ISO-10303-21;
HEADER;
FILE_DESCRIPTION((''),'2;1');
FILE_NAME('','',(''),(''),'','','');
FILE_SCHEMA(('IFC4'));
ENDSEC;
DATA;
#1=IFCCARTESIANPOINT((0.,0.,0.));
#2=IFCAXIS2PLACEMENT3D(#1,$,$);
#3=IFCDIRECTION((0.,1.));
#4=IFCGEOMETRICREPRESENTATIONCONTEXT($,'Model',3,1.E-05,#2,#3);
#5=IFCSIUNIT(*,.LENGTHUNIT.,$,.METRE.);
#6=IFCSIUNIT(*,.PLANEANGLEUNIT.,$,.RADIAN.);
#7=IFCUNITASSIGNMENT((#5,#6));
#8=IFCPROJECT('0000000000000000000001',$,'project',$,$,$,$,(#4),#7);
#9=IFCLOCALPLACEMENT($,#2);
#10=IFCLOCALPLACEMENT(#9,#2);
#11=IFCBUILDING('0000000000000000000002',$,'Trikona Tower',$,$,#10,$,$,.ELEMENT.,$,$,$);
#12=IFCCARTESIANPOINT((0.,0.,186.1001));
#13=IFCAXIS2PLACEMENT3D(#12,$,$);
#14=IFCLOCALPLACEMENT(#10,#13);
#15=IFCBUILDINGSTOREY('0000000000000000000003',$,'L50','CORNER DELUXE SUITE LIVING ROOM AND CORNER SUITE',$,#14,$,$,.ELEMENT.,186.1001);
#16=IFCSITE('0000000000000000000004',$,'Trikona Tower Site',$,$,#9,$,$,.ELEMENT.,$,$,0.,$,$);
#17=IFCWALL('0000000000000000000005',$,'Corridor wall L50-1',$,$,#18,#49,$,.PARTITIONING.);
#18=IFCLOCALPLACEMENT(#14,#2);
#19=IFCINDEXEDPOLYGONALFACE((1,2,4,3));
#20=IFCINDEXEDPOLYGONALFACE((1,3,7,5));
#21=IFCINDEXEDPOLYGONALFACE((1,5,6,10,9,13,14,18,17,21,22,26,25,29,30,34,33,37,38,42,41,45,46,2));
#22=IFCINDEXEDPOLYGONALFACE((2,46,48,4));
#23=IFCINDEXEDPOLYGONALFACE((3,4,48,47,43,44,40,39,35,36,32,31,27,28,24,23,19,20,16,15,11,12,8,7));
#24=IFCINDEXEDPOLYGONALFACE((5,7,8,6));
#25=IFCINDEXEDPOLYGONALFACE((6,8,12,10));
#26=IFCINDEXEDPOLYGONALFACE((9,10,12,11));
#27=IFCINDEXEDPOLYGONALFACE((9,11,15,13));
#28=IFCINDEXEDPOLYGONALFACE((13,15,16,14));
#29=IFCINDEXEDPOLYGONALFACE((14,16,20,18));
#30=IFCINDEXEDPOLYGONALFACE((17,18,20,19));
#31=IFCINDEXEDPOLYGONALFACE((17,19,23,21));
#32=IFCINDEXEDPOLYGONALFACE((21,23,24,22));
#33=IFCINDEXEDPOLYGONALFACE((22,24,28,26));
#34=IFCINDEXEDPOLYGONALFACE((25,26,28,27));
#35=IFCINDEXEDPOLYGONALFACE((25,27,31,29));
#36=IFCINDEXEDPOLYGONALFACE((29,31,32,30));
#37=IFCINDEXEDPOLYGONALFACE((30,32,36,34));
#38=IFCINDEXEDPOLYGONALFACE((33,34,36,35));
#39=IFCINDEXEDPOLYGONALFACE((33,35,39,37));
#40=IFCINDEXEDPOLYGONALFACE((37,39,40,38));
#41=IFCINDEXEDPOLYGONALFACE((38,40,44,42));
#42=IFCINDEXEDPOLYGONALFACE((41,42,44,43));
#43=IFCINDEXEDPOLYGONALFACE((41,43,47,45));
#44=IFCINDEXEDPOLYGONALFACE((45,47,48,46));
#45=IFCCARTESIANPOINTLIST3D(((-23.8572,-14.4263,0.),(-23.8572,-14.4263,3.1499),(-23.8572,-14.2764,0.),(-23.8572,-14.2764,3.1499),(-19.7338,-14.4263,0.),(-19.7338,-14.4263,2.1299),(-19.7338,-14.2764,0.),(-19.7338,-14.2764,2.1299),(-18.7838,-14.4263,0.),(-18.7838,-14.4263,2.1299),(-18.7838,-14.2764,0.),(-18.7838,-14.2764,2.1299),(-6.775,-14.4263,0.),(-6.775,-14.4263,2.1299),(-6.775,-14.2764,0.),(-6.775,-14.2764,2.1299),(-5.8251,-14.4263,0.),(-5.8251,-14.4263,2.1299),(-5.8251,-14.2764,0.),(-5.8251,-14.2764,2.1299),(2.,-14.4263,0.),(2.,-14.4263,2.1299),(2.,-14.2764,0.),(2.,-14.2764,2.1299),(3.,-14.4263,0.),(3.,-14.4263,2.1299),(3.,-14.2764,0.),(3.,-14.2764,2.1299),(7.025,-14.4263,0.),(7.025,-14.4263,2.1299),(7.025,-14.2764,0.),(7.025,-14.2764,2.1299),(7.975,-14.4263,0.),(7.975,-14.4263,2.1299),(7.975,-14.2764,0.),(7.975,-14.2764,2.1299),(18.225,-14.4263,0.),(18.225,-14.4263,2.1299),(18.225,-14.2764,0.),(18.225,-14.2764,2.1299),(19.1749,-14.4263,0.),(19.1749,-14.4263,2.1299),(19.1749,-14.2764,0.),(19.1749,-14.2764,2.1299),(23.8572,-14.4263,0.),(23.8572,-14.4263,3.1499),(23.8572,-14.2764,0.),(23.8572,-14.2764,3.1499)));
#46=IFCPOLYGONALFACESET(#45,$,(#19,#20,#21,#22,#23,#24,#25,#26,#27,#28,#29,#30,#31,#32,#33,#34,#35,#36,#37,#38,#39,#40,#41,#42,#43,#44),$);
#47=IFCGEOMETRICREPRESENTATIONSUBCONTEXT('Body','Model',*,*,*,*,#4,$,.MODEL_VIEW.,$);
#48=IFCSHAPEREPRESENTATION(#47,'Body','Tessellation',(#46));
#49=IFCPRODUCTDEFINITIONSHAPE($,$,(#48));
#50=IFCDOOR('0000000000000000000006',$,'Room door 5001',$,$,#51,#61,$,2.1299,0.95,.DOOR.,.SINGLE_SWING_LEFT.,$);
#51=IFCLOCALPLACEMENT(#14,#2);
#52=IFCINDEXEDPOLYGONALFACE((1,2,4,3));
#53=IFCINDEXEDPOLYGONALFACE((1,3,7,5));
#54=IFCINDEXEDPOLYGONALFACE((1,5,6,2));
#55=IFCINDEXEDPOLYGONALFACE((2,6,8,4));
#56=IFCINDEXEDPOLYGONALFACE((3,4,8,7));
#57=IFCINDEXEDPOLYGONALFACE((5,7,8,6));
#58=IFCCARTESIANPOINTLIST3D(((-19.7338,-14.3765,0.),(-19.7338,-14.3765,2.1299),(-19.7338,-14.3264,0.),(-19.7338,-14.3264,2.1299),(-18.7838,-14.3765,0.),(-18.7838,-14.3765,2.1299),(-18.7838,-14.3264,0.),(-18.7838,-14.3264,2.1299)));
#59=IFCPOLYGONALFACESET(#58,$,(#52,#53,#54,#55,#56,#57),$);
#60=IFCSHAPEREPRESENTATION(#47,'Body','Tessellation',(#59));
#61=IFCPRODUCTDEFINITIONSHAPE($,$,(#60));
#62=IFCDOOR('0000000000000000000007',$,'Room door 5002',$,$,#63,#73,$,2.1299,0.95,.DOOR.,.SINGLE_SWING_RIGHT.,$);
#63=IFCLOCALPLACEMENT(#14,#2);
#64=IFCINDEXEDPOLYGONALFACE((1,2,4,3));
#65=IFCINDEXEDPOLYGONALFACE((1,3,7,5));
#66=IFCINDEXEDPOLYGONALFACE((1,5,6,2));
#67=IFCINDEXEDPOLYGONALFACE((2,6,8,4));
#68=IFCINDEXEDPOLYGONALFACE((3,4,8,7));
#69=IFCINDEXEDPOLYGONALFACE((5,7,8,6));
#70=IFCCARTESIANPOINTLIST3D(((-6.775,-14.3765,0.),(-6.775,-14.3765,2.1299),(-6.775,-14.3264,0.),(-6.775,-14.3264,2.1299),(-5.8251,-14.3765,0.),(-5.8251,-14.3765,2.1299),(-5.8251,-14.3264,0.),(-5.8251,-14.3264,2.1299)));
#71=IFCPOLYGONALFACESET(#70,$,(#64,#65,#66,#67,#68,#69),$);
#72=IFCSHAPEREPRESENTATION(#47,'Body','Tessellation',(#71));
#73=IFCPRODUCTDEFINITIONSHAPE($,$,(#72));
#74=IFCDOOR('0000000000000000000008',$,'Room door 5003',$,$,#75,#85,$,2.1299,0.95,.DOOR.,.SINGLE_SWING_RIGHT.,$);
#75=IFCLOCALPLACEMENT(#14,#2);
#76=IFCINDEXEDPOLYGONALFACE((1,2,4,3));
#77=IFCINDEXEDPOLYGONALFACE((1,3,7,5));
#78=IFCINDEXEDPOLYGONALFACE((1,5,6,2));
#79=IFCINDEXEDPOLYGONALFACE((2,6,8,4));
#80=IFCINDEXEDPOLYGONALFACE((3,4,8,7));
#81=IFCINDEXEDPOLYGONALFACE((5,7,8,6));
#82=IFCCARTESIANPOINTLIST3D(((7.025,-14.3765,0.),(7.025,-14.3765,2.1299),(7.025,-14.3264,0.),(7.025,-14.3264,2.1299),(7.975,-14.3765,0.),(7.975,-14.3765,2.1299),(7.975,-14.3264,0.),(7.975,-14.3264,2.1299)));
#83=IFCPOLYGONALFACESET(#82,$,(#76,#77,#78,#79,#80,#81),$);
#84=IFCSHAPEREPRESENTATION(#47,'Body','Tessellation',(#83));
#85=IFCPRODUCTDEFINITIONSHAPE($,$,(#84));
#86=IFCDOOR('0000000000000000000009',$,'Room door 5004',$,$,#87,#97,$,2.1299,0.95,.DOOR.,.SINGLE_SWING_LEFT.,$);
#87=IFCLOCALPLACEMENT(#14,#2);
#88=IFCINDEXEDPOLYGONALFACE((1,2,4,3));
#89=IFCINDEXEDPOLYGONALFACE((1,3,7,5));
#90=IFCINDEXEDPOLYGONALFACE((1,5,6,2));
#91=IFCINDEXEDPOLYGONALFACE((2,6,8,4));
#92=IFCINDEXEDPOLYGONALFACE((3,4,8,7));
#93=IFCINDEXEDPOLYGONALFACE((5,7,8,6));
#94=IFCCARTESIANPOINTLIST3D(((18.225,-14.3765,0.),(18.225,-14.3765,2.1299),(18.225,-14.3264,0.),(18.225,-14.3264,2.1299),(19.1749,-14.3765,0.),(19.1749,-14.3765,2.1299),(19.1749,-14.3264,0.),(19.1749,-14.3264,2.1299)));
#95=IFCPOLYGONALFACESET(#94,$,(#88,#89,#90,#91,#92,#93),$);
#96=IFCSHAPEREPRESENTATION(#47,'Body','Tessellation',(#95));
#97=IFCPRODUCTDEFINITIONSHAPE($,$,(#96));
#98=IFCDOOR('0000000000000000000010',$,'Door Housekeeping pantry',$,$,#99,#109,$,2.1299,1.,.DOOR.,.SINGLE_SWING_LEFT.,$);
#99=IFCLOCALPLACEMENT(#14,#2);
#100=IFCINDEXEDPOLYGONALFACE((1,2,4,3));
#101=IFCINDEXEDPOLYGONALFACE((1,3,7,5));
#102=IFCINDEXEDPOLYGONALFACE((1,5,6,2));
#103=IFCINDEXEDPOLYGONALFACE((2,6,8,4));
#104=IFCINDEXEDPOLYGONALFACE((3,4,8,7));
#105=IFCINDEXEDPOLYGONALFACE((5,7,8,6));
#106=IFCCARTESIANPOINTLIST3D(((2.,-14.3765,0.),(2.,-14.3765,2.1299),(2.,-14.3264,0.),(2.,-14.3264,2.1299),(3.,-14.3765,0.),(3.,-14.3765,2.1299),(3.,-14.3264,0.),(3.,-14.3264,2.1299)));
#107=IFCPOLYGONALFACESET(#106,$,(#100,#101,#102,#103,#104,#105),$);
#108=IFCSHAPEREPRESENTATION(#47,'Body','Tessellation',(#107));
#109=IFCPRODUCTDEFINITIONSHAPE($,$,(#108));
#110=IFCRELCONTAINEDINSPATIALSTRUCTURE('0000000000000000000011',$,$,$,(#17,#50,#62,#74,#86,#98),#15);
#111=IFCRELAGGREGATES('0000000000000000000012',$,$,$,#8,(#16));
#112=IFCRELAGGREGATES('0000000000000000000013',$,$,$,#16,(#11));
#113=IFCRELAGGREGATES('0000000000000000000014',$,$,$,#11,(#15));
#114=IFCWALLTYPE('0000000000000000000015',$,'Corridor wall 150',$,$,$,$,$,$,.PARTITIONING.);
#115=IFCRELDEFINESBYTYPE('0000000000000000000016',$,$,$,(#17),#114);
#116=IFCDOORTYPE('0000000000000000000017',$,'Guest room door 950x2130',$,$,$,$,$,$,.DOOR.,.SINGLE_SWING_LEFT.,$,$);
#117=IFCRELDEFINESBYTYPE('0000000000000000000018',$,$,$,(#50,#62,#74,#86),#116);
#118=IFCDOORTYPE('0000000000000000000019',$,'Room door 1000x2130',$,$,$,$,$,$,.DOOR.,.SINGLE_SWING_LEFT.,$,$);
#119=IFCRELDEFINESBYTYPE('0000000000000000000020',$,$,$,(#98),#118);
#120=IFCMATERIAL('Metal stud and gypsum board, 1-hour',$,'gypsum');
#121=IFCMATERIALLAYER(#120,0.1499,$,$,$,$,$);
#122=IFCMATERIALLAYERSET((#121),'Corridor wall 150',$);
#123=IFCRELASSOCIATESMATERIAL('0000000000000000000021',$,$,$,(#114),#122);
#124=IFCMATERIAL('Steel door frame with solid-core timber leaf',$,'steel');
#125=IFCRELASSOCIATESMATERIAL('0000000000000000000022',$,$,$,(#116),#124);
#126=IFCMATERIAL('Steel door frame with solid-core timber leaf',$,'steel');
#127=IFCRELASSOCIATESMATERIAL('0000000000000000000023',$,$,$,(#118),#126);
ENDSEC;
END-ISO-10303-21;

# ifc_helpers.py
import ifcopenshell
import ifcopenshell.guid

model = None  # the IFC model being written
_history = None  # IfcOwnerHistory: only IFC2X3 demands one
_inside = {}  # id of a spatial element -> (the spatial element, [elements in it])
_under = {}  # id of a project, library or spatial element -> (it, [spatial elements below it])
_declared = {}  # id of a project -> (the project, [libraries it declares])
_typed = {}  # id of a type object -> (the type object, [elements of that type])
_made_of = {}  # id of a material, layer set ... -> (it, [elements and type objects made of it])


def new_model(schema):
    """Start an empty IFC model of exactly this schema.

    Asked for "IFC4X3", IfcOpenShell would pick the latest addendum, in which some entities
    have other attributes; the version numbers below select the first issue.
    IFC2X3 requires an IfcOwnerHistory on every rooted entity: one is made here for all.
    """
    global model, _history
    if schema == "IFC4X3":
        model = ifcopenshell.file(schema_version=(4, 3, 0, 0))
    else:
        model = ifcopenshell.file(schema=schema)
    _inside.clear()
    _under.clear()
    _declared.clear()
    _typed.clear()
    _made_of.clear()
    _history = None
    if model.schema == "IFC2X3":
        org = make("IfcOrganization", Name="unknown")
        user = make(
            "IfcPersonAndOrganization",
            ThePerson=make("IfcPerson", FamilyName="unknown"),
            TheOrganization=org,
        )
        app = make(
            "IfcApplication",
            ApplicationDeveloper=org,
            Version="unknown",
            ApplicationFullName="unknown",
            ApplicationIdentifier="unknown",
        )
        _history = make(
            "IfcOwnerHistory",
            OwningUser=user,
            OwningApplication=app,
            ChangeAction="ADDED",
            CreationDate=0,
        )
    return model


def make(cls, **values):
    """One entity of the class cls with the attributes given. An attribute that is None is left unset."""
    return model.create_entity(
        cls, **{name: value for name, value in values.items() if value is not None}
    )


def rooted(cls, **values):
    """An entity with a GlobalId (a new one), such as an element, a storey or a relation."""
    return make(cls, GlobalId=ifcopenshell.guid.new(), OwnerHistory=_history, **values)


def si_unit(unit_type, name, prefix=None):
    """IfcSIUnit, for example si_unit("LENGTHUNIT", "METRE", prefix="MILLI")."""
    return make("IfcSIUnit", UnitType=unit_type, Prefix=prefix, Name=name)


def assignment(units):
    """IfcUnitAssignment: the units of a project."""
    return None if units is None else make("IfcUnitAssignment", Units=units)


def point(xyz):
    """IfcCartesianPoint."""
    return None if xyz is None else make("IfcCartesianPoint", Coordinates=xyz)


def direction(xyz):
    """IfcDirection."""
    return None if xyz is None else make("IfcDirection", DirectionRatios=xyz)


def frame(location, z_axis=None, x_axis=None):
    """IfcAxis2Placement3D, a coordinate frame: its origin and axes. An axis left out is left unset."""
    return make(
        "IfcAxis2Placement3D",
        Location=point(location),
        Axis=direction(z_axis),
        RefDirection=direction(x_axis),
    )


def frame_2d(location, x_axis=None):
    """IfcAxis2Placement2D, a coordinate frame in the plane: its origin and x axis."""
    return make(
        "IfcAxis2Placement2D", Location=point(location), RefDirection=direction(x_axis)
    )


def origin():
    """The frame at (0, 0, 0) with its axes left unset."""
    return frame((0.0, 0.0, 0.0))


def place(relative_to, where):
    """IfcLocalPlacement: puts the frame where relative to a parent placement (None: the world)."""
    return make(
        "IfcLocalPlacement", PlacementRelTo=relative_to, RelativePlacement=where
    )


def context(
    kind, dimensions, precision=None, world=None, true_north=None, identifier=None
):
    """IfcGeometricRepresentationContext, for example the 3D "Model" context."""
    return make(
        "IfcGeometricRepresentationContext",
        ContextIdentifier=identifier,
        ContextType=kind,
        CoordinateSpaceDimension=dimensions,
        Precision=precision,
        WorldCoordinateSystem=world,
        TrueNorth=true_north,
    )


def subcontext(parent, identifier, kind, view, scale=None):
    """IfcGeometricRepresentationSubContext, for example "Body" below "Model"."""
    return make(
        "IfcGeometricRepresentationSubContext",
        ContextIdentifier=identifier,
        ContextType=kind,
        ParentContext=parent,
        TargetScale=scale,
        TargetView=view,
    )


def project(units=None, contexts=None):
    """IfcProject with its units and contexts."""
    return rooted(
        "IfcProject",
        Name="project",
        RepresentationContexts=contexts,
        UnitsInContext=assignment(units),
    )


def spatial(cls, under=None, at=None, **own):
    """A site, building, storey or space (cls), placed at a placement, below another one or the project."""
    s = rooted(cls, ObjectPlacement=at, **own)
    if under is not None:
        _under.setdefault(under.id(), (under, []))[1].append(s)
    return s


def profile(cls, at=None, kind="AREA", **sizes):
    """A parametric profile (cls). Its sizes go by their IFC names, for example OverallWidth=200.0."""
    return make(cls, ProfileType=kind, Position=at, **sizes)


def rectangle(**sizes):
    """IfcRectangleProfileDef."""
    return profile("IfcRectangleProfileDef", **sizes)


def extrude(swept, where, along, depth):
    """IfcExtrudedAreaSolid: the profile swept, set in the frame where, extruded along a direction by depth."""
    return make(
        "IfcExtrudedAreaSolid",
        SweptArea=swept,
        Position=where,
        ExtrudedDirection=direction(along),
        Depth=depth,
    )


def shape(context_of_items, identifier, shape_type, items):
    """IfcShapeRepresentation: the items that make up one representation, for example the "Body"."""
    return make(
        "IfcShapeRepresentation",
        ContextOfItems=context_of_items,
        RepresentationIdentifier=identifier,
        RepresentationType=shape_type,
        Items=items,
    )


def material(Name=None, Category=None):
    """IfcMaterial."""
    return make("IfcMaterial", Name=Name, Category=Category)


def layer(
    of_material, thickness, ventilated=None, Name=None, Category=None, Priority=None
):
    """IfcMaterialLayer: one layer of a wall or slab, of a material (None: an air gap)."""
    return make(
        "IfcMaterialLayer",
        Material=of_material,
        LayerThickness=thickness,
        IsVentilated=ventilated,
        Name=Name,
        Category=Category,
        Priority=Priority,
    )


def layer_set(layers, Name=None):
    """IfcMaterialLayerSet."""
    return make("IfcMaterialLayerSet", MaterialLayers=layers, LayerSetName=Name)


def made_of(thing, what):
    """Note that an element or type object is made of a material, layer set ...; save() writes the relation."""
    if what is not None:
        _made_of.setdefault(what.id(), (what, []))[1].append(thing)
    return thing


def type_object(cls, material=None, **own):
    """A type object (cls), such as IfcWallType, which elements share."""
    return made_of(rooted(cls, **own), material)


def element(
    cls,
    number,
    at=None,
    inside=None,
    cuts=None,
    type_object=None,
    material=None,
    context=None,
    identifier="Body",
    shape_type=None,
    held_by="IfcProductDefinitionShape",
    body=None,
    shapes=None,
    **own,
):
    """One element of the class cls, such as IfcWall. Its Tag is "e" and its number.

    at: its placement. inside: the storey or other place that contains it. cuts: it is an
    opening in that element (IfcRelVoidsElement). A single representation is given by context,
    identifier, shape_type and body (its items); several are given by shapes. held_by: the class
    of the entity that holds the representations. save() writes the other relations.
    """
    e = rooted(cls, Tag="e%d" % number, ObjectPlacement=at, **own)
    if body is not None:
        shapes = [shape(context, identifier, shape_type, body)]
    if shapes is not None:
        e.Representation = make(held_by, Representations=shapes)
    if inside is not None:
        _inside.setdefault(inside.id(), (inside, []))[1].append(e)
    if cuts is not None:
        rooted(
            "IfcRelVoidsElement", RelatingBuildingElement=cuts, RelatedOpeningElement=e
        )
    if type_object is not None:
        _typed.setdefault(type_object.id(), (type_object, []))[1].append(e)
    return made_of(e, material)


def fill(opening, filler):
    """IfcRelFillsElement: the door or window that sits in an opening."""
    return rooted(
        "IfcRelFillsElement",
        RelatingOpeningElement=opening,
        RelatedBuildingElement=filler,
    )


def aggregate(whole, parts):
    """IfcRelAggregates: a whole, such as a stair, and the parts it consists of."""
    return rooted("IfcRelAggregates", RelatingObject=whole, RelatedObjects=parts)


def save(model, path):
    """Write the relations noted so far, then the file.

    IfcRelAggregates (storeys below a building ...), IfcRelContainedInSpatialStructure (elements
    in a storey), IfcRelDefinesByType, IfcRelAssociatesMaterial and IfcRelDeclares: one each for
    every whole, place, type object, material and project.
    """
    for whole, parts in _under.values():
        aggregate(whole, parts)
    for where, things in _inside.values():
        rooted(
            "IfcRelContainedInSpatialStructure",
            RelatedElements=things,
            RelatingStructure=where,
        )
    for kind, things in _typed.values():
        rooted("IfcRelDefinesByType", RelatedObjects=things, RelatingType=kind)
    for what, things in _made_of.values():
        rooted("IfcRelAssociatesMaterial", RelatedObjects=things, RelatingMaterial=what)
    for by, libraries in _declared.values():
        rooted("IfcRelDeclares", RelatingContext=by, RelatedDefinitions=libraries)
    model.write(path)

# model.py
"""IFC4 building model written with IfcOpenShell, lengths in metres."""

from ifc_helpers import new_model, si_unit, direction, frame, frame_2d, origin, place, context, subcontext, project, spatial, rectangle, extrude, material, layer, layer_set, type_object, element, fill, save


model = new_model("IFC4")

# Units and contexts
model_context = context("Model", 3, precision=1e-05, world=origin(), true_north=direction((0.0, 1.0)))
body_context = subcontext(model_context, "Body", "Model", "MODEL_VIEW")
ifc_project = project(units=[si_unit("LENGTHUNIT", "METRE"), si_unit("PLANEANGLEUNIT", "RADIAN")], contexts=[model_context])

# Site, building, storey
site_placement = place(None, origin())
site = spatial("IfcSite", under=ifc_project, at=site_placement, Name="Trikona Tower Site", CompositionType="ELEMENT", RefElevation=0.0)
building_placement = place(site_placement, origin())
building = spatial("IfcBuilding", under=site, at=building_placement, Name="Trikona Tower", CompositionType="ELEMENT")
storey_placement = place(building_placement, frame((0.0, 0.0, 186.1001)))
storey = spatial("IfcBuildingStorey", under=building, at=storey_placement, Name="L50", Description="CORNER DELUXE SUITE LIVING ROOM AND CORNER SUITE", CompositionType="ELEMENT", Elevation=186.1001)

# Wall, openings, doors
ifc_material_1 = material(Name="Metal stud and gypsum board, 1-hour", Category="gypsum")
ifc_layer_1 = layer(ifc_material_1, 0.1499)
ifc_layer_set_1 = layer_set([ifc_layer_1], Name="Corridor wall 150")
wall_type_1 = type_object("IfcWallType", Name="Corridor wall 150", PredefinedType="PARTITIONING", material=ifc_layer_set_1)
wall_1_placement = place(storey_placement, frame((-23.8572, -14.3513, 0.0), z_axis=(0.0, 0.0, 1.0), x_axis=(1.0, 0.0, 0.0)))
wall_1 = element("IfcWall", 1, at=wall_1_placement, inside=storey, type_object=wall_type_1, Name="Corridor wall L50-1", PredefinedType="PARTITIONING", context=body_context, shape_type="SweptSolid", body=[
    extrude(rectangle(XDim=47.7144, YDim=0.1499, at=frame_2d((23.8572, 0.0))), origin(), (0.0, 0.0, 1.0), 3.1499),
])
opening_1_placement = place(wall_1_placement, frame((4.1233, 0.0, 0.0)))
opening_1 = element("IfcOpeningElement", 2, at=opening_1_placement, cuts=wall_1, PredefinedType="OPENING", context=body_context, shape_type="SweptSolid", body=[
    extrude(rectangle(XDim=0.95, YDim=2.1299, at=frame_2d((0.4751, 1.0649))), frame((0.0, 0.085, 0.0), z_axis=(0.0, -1.0, 0.0), x_axis=(1.0, 0.0, 0.0)), (0.0, 0.0, 1.0), 0.1699),
])
opening_2_placement = place(wall_1_placement, frame((17.082, 0.0, 0.0)))
opening_2 = element("IfcOpeningElement", 3, at=opening_2_placement, cuts=wall_1, PredefinedType="OPENING", context=body_context, shape_type="SweptSolid", body=[
    extrude(rectangle(XDim=0.95, YDim=2.1299, at=frame_2d((0.4751, 1.0649))), frame((0.0, 0.085, 0.0), z_axis=(0.0, -1.0, 0.0), x_axis=(1.0, 0.0, 0.0)), (0.0, 0.0, 1.0), 0.1699),
])
opening_3_placement = place(wall_1_placement, frame((25.8572, 0.0, 0.0)))
opening_3 = element("IfcOpeningElement", 4, at=opening_3_placement, cuts=wall_1, PredefinedType="OPENING", context=body_context, shape_type="SweptSolid", body=[
    extrude(rectangle(XDim=1.0, YDim=2.1299, at=frame_2d((0.5, 1.0649))), frame((0.0, 0.085, 0.0), z_axis=(0.0, -1.0, 0.0), x_axis=(1.0, 0.0, 0.0)), (0.0, 0.0, 1.0), 0.1699),
])
opening_4_placement = place(wall_1_placement, frame((30.8821, 0.0, 0.0)))
opening_4 = element("IfcOpeningElement", 5, at=opening_4_placement, cuts=wall_1, PredefinedType="OPENING", context=body_context, shape_type="SweptSolid", body=[
    extrude(rectangle(XDim=0.95, YDim=2.1299, at=frame_2d((0.4751, 1.0649))), frame((0.0, 0.085, 0.0), z_axis=(0.0, -1.0, 0.0), x_axis=(1.0, 0.0, 0.0)), (0.0, 0.0, 1.0), 0.1699),
])
opening_5_placement = place(wall_1_placement, frame((42.082, 0.0, 0.0)))
opening_5 = element("IfcOpeningElement", 6, at=opening_5_placement, cuts=wall_1, PredefinedType="OPENING", context=body_context, shape_type="SweptSolid", body=[
    extrude(rectangle(XDim=0.95, YDim=2.1299, at=frame_2d((0.4751, 1.0649))), frame((0.0, 0.085, 0.0), z_axis=(0.0, -1.0, 0.0), x_axis=(1.0, 0.0, 0.0)), (0.0, 0.0, 1.0), 0.1699),
])
ifc_material_2 = material(Name="Steel door frame with solid-core timber leaf", Category="steel")
door_type_1 = type_object("IfcDoorType", Name="Guest room door 950x2130", OperationType="SINGLE_SWING_LEFT", PredefinedType="DOOR", material=ifc_material_2)
door_1_placement = place(opening_1_placement, origin())
door_1 = element("IfcDoor", 7, at=door_1_placement, inside=storey, type_object=door_type_1, Name="Room door 5001", OperationType="SINGLE_SWING_LEFT", OverallHeight=2.1299, OverallWidth=0.95, PredefinedType="DOOR", context=body_context, shape_type="SweptSolid", body=[
    extrude(rectangle(XDim=0.95, YDim=2.1299, at=frame_2d((0.4751, 1.0649))), frame((0.0, 0.0249, 0.0), z_axis=(0.0, -1.0, 0.0), x_axis=(1.0, 0.0, 0.0)), (0.0, 0.0, 1.0), 0.05),
])
fill(opening_1, door_1)
door_2_placement = place(opening_2_placement, origin())
door_2 = element("IfcDoor", 8, at=door_2_placement, inside=storey, type_object=door_type_1, Name="Room door 5002", OperationType="SINGLE_SWING_RIGHT", OverallHeight=2.1299, OverallWidth=0.95, PredefinedType="DOOR", context=body_context, shape_type="SweptSolid", body=[
    extrude(rectangle(XDim=0.95, YDim=2.1299, at=frame_2d((0.4751, 1.0649))), frame((0.0, 0.0249, 0.0), z_axis=(0.0, -1.0, 0.0), x_axis=(1.0, 0.0, 0.0)), (0.0, 0.0, 1.0), 0.05),
])
fill(opening_2, door_2)
door_3_placement = place(opening_4_placement, origin())
door_3 = element("IfcDoor", 9, at=door_3_placement, inside=storey, type_object=door_type_1, Name="Room door 5003", OperationType="SINGLE_SWING_RIGHT", OverallHeight=2.1299, OverallWidth=0.95, PredefinedType="DOOR", context=body_context, shape_type="SweptSolid", body=[
    extrude(rectangle(XDim=0.95, YDim=2.1299, at=frame_2d((0.4751, 1.0649))), frame((0.0, 0.0249, 0.0), z_axis=(0.0, -1.0, 0.0), x_axis=(1.0, 0.0, 0.0)), (0.0, 0.0, 1.0), 0.05),
])
fill(opening_4, door_3)
door_4_placement = place(opening_5_placement, origin())
door_4 = element("IfcDoor", 10, at=door_4_placement, inside=storey, type_object=door_type_1, Name="Room door 5004", OperationType="SINGLE_SWING_LEFT", OverallHeight=2.1299, OverallWidth=0.95, PredefinedType="DOOR", context=body_context, shape_type="SweptSolid", body=[
    extrude(rectangle(XDim=0.95, YDim=2.1299, at=frame_2d((0.4751, 1.0649))), frame((0.0, 0.0249, 0.0), z_axis=(0.0, -1.0, 0.0), x_axis=(1.0, 0.0, 0.0)), (0.0, 0.0, 1.0), 0.05),
])
fill(opening_5, door_4)
ifc_material_3 = material(Name="Steel door frame with solid-core timber leaf", Category="steel")
door_type_2 = type_object("IfcDoorType", Name="Room door 1000x2130", OperationType="SINGLE_SWING_LEFT", PredefinedType="DOOR", material=ifc_material_3)
door_5_placement = place(opening_3_placement, origin())
door_5 = element("IfcDoor", 11, at=door_5_placement, inside=storey, type_object=door_type_2, Name="Door Housekeeping pantry", OperationType="SINGLE_SWING_LEFT", OverallHeight=2.1299, OverallWidth=1.0, PredefinedType="DOOR", context=body_context, shape_type="SweptSolid", body=[
    extrude(rectangle(XDim=1.0, YDim=2.1299, at=frame_2d((0.5, 1.0649))), frame((0.0, 0.0249, 0.0), z_axis=(0.0, -1.0, 0.0), x_axis=(1.0, 0.0, 0.0)), (0.0, 0.0, 1.0), 0.05),
])
fill(opening_3, door_5)

save(model, "model.ifc")
